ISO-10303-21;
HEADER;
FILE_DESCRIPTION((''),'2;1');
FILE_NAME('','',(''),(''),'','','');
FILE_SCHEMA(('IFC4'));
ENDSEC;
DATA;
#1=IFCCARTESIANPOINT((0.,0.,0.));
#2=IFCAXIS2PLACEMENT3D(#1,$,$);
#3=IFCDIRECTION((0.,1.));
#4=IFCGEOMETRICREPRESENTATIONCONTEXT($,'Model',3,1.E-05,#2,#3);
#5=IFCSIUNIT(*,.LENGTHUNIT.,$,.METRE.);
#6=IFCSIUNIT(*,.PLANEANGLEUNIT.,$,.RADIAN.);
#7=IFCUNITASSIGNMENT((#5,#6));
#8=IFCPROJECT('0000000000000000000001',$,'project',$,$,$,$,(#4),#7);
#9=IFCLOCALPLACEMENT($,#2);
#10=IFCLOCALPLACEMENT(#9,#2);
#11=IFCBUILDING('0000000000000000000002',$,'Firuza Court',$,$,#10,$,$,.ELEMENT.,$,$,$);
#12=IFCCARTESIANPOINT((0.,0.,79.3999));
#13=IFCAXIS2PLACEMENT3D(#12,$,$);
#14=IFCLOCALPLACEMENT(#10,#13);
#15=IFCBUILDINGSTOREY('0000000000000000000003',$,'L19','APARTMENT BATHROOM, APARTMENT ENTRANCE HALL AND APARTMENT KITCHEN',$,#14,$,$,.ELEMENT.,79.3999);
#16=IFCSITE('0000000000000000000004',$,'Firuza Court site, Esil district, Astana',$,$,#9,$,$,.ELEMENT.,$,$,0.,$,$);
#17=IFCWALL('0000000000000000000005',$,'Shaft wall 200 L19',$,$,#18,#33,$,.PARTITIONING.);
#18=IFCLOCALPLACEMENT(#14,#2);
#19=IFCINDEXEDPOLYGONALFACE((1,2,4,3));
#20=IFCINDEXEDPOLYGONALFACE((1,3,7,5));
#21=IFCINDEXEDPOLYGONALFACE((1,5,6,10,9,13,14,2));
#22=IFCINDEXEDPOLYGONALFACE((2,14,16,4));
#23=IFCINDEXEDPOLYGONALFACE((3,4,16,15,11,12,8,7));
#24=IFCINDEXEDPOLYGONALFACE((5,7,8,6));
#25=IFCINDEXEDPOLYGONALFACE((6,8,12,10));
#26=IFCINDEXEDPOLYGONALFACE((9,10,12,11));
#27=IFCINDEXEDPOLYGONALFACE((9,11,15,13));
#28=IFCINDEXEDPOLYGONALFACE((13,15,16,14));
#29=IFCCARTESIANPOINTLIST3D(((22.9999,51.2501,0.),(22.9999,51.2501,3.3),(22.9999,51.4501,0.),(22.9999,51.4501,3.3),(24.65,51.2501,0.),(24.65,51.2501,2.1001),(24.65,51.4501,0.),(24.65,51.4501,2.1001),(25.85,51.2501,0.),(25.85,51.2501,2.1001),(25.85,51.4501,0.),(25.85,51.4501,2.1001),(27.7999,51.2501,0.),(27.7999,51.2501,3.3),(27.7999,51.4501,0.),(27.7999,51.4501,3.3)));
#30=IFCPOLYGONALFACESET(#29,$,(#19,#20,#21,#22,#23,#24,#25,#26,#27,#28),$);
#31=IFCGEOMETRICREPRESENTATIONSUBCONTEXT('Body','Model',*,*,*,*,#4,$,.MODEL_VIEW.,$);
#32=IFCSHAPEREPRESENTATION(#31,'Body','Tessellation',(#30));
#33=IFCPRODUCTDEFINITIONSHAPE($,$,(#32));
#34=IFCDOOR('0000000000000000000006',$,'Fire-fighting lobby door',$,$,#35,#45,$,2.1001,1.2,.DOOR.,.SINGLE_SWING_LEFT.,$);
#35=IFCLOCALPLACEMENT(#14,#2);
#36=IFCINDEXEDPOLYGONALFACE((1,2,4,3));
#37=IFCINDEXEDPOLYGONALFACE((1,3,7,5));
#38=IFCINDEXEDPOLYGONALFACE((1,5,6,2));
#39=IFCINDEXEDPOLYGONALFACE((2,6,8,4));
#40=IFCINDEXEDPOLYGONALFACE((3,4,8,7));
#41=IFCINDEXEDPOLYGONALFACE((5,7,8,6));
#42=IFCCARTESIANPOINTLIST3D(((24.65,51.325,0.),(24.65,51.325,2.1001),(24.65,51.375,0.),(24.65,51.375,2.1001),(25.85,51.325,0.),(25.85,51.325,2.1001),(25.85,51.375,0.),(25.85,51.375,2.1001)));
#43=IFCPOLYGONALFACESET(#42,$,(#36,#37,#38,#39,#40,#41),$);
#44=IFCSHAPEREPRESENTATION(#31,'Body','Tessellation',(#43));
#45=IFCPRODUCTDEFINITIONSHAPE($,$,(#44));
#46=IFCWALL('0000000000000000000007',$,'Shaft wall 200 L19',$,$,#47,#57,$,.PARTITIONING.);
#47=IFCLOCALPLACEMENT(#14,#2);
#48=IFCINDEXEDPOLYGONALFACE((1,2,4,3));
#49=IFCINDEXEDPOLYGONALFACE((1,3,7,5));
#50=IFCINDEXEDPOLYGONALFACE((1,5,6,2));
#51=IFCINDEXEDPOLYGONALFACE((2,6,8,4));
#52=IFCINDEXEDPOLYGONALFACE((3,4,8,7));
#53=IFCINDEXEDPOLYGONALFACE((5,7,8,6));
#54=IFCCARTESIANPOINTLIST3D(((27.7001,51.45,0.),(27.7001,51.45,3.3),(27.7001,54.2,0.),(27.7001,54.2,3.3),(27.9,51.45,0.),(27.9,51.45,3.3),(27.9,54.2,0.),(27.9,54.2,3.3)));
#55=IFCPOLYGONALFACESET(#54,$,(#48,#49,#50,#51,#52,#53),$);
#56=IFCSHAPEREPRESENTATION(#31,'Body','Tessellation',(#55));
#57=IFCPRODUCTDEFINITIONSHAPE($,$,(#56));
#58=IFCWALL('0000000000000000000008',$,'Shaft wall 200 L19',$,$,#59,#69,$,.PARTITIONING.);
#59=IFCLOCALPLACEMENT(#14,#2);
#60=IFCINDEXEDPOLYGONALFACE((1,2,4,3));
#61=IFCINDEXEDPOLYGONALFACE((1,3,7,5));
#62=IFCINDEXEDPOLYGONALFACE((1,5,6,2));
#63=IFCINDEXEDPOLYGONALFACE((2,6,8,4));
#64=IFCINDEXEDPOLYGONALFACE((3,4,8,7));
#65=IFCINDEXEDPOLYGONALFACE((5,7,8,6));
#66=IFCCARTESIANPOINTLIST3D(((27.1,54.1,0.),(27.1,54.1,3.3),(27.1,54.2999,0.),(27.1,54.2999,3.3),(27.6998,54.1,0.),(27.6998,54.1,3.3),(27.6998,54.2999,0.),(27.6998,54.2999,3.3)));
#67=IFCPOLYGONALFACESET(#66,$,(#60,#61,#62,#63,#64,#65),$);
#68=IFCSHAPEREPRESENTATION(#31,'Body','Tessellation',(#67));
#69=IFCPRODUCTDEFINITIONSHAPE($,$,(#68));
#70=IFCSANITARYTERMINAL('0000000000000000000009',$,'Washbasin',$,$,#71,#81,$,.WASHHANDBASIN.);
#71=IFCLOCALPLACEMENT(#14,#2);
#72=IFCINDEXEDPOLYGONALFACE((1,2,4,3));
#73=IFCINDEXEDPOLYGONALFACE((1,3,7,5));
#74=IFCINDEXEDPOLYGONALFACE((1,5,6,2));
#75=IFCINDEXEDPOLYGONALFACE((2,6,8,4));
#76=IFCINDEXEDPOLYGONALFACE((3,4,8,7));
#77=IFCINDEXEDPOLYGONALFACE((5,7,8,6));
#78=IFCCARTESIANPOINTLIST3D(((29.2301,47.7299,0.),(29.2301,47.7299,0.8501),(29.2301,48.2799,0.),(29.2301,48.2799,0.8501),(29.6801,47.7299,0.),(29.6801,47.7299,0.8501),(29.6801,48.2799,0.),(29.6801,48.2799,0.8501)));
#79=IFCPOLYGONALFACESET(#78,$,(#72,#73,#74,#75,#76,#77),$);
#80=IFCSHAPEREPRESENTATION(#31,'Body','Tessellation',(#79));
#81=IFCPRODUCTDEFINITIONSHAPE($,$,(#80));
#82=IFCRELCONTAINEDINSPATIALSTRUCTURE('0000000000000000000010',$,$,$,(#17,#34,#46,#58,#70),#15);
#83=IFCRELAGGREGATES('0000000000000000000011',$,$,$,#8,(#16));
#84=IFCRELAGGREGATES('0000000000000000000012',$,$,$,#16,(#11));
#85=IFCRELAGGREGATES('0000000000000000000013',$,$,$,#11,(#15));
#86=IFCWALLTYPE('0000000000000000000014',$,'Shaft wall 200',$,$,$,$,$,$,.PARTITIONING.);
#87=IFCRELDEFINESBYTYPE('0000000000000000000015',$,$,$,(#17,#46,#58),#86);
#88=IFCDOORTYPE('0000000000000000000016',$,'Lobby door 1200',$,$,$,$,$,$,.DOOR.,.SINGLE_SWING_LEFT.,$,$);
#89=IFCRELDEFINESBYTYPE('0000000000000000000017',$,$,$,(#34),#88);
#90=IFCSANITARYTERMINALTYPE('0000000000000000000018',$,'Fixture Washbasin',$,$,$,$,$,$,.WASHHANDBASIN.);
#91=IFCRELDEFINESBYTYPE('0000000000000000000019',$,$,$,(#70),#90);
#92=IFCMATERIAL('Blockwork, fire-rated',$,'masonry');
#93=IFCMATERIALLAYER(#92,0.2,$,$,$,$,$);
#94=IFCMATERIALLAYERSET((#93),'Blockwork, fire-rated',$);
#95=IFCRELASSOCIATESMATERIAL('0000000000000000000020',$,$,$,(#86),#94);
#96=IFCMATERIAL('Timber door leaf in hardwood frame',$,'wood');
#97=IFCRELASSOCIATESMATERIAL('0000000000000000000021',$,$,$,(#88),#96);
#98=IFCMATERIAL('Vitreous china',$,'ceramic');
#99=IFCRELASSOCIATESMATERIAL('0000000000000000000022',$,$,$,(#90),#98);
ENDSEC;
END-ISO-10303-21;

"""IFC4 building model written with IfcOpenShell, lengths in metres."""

from ifc_helpers import new_model, si_unit, direction, frame, frame_2d, origin, origin_2d, place, context, subcontext, project, spatial, rectangle, extrude, material, layer, layer_set, type_object, element, fill, save


model = new_model("IFC4")

# Units and contexts
model_context = context("Model", 3, precision=1e-05, world=origin(), true_north=direction((0.0, 1.0)))
body_context = subcontext(model_context, "Body", "Model", "MODEL_VIEW")
ifc_project = project(units=[si_unit("LENGTHUNIT", "METRE"), si_unit("PLANEANGLEUNIT", "RADIAN")], contexts=[model_context])

# Site, building, storey
site_placement = place(None, origin())
site = spatial("IfcSite", under=ifc_project, at=site_placement, Name="Firuza Court site, Esil district, Astana", CompositionType="ELEMENT", RefElevation=0.0)
building_placement = place(site_placement, origin())
building = spatial("IfcBuilding", under=site, at=building_placement, Name="Firuza Court", CompositionType="ELEMENT")
storey_placement = place(building_placement, frame((0.0, 0.0, 79.3999)))
storey = spatial("IfcBuildingStorey", under=building, at=storey_placement, Name="L19", Description="APARTMENT BATHROOM, APARTMENT ENTRANCE HALL AND APARTMENT KITCHEN", CompositionType="ELEMENT", Elevation=79.3999)

# Shared definitions
ifc_material_1 = material(Name="Blockwork, fire-rated", Category="masonry")

# Shared definitions
ifc_layer_1 = layer(ifc_material_1, 0.2)
ifc_layer_set_1 = layer_set([ifc_layer_1], Name="Blockwork, fire-rated")
wall_type_1 = type_object("IfcWallType", Name="Shaft wall 200", PredefinedType="PARTITIONING", material=ifc_layer_set_1)

# Wall, opening, door
wall_1_placement = place(storey_placement, frame((23.0, 51.3501, 0.0), z_axis=(0.0, 0.0, 1.0), x_axis=(1.0, 0.0, 0.0)))
wall_1 = element("IfcWall", 1, at=wall_1_placement, inside=storey, type_object=wall_type_1, Name="Shaft wall 200 L19", PredefinedType="PARTITIONING", context=body_context, shape_type="SweptSolid", body=[
    extrude(rectangle(XDim=4.8, YDim=0.2, at=frame_2d((2.3999, 0.0))), origin(), (0.0, 0.0, 1.0), 3.3),
])
opening_1_placement = place(wall_1_placement, frame((1.6499, 0.0, 0.0)))
opening_1 = element("IfcOpeningElement", 2, at=opening_1_placement, cuts=wall_1, PredefinedType="OPENING", context=body_context, shape_type="SweptSolid", body=[
    extrude(rectangle(XDim=1.2, YDim=2.1001, at=frame_2d((0.6001, 1.05))), frame((0.0, 0.1118, 0.0), z_axis=(0.0, -1.0, 0.0), x_axis=(1.0, 0.0, 0.0)), (0.0, 0.0, 1.0), 0.2239),
])
ifc_material_2 = material(Name="Timber door leaf in hardwood frame", Category="wood")
door_type_1 = type_object("IfcDoorType", Name="Lobby door 1200", OperationType="SINGLE_SWING_LEFT", PredefinedType="DOOR", material=ifc_material_2)
door_1_placement = place(opening_1_placement, origin())
door_1 = element("IfcDoor", 3, at=door_1_placement, inside=storey, type_object=door_type_1, Name="Fire-fighting lobby door", OperationType="SINGLE_SWING_LEFT", OverallHeight=2.1001, OverallWidth=1.2, PredefinedType="DOOR", context=body_context, shape_type="SweptSolid", body=[
    extrude(rectangle(XDim=1.2, YDim=2.1001, at=frame_2d((0.6001, 1.05))), frame((0.0, 0.0249, 0.0), z_axis=(0.0, -1.0, 0.0), x_axis=(1.0, 0.0, 0.0)), (0.0, 0.0, 1.0), 0.05),
])
fill(opening_1, door_1)

# Walls
wall_2_placement = place(storey_placement, frame((27.8, 51.45, 0.0), z_axis=(0.0, 0.0, 1.0), x_axis=(0.0, 1.0, 0.0)))
element("IfcWall", 4, at=wall_2_placement, inside=storey, type_object=wall_type_1, Name="Shaft wall 200 L19", PredefinedType="PARTITIONING", context=body_context, shape_type="SweptSolid", body=[
    extrude(rectangle(XDim=2.75, YDim=0.2, at=frame_2d((1.375, 0.0))), origin(), (0.0, 0.0, 1.0), 3.3),
])
wall_3_placement = place(storey_placement, frame((27.1001, 54.2, 0.0), z_axis=(0.0, 0.0, 1.0), x_axis=(1.0, 0.0, 0.0)))
element("IfcWall", 5, at=wall_3_placement, inside=storey, type_object=wall_type_1, Name="Shaft wall 200 L19", PredefinedType="PARTITIONING", context=body_context, shape_type="SweptSolid", body=[
    extrude(rectangle(XDim=0.5999, YDim=0.2, at=frame_2d((0.2998, 0.0))), origin(), (0.0, 0.0, 1.0), 3.3),
])

# Sanitary terminal
ifc_material_3 = material(Name="Vitreous china", Category="ceramic")
sanitary_terminal_type = type_object("IfcSanitaryTerminalType", Name="Fixture Washbasin", PredefinedType="WASHHANDBASIN", material=ifc_material_3)
sanitary_terminal_placement = place(storey_placement, frame((29.4551, 48.0049, 0.0), z_axis=(0.0, 0.0, 1.0), x_axis=(1.0, 0.0, 0.0)))
element("IfcSanitaryTerminal", 6, at=sanitary_terminal_placement, inside=storey, type_object=sanitary_terminal_type, Name="Washbasin", PredefinedType="WASHHANDBASIN", context=body_context, shape_type="SweptSolid", body=[
    extrude(rectangle(XDim=0.45, YDim=0.55, at=origin_2d()), origin(), (0.0, 0.0, 1.0), 0.8501),
])

save(model, "model.ifc")
